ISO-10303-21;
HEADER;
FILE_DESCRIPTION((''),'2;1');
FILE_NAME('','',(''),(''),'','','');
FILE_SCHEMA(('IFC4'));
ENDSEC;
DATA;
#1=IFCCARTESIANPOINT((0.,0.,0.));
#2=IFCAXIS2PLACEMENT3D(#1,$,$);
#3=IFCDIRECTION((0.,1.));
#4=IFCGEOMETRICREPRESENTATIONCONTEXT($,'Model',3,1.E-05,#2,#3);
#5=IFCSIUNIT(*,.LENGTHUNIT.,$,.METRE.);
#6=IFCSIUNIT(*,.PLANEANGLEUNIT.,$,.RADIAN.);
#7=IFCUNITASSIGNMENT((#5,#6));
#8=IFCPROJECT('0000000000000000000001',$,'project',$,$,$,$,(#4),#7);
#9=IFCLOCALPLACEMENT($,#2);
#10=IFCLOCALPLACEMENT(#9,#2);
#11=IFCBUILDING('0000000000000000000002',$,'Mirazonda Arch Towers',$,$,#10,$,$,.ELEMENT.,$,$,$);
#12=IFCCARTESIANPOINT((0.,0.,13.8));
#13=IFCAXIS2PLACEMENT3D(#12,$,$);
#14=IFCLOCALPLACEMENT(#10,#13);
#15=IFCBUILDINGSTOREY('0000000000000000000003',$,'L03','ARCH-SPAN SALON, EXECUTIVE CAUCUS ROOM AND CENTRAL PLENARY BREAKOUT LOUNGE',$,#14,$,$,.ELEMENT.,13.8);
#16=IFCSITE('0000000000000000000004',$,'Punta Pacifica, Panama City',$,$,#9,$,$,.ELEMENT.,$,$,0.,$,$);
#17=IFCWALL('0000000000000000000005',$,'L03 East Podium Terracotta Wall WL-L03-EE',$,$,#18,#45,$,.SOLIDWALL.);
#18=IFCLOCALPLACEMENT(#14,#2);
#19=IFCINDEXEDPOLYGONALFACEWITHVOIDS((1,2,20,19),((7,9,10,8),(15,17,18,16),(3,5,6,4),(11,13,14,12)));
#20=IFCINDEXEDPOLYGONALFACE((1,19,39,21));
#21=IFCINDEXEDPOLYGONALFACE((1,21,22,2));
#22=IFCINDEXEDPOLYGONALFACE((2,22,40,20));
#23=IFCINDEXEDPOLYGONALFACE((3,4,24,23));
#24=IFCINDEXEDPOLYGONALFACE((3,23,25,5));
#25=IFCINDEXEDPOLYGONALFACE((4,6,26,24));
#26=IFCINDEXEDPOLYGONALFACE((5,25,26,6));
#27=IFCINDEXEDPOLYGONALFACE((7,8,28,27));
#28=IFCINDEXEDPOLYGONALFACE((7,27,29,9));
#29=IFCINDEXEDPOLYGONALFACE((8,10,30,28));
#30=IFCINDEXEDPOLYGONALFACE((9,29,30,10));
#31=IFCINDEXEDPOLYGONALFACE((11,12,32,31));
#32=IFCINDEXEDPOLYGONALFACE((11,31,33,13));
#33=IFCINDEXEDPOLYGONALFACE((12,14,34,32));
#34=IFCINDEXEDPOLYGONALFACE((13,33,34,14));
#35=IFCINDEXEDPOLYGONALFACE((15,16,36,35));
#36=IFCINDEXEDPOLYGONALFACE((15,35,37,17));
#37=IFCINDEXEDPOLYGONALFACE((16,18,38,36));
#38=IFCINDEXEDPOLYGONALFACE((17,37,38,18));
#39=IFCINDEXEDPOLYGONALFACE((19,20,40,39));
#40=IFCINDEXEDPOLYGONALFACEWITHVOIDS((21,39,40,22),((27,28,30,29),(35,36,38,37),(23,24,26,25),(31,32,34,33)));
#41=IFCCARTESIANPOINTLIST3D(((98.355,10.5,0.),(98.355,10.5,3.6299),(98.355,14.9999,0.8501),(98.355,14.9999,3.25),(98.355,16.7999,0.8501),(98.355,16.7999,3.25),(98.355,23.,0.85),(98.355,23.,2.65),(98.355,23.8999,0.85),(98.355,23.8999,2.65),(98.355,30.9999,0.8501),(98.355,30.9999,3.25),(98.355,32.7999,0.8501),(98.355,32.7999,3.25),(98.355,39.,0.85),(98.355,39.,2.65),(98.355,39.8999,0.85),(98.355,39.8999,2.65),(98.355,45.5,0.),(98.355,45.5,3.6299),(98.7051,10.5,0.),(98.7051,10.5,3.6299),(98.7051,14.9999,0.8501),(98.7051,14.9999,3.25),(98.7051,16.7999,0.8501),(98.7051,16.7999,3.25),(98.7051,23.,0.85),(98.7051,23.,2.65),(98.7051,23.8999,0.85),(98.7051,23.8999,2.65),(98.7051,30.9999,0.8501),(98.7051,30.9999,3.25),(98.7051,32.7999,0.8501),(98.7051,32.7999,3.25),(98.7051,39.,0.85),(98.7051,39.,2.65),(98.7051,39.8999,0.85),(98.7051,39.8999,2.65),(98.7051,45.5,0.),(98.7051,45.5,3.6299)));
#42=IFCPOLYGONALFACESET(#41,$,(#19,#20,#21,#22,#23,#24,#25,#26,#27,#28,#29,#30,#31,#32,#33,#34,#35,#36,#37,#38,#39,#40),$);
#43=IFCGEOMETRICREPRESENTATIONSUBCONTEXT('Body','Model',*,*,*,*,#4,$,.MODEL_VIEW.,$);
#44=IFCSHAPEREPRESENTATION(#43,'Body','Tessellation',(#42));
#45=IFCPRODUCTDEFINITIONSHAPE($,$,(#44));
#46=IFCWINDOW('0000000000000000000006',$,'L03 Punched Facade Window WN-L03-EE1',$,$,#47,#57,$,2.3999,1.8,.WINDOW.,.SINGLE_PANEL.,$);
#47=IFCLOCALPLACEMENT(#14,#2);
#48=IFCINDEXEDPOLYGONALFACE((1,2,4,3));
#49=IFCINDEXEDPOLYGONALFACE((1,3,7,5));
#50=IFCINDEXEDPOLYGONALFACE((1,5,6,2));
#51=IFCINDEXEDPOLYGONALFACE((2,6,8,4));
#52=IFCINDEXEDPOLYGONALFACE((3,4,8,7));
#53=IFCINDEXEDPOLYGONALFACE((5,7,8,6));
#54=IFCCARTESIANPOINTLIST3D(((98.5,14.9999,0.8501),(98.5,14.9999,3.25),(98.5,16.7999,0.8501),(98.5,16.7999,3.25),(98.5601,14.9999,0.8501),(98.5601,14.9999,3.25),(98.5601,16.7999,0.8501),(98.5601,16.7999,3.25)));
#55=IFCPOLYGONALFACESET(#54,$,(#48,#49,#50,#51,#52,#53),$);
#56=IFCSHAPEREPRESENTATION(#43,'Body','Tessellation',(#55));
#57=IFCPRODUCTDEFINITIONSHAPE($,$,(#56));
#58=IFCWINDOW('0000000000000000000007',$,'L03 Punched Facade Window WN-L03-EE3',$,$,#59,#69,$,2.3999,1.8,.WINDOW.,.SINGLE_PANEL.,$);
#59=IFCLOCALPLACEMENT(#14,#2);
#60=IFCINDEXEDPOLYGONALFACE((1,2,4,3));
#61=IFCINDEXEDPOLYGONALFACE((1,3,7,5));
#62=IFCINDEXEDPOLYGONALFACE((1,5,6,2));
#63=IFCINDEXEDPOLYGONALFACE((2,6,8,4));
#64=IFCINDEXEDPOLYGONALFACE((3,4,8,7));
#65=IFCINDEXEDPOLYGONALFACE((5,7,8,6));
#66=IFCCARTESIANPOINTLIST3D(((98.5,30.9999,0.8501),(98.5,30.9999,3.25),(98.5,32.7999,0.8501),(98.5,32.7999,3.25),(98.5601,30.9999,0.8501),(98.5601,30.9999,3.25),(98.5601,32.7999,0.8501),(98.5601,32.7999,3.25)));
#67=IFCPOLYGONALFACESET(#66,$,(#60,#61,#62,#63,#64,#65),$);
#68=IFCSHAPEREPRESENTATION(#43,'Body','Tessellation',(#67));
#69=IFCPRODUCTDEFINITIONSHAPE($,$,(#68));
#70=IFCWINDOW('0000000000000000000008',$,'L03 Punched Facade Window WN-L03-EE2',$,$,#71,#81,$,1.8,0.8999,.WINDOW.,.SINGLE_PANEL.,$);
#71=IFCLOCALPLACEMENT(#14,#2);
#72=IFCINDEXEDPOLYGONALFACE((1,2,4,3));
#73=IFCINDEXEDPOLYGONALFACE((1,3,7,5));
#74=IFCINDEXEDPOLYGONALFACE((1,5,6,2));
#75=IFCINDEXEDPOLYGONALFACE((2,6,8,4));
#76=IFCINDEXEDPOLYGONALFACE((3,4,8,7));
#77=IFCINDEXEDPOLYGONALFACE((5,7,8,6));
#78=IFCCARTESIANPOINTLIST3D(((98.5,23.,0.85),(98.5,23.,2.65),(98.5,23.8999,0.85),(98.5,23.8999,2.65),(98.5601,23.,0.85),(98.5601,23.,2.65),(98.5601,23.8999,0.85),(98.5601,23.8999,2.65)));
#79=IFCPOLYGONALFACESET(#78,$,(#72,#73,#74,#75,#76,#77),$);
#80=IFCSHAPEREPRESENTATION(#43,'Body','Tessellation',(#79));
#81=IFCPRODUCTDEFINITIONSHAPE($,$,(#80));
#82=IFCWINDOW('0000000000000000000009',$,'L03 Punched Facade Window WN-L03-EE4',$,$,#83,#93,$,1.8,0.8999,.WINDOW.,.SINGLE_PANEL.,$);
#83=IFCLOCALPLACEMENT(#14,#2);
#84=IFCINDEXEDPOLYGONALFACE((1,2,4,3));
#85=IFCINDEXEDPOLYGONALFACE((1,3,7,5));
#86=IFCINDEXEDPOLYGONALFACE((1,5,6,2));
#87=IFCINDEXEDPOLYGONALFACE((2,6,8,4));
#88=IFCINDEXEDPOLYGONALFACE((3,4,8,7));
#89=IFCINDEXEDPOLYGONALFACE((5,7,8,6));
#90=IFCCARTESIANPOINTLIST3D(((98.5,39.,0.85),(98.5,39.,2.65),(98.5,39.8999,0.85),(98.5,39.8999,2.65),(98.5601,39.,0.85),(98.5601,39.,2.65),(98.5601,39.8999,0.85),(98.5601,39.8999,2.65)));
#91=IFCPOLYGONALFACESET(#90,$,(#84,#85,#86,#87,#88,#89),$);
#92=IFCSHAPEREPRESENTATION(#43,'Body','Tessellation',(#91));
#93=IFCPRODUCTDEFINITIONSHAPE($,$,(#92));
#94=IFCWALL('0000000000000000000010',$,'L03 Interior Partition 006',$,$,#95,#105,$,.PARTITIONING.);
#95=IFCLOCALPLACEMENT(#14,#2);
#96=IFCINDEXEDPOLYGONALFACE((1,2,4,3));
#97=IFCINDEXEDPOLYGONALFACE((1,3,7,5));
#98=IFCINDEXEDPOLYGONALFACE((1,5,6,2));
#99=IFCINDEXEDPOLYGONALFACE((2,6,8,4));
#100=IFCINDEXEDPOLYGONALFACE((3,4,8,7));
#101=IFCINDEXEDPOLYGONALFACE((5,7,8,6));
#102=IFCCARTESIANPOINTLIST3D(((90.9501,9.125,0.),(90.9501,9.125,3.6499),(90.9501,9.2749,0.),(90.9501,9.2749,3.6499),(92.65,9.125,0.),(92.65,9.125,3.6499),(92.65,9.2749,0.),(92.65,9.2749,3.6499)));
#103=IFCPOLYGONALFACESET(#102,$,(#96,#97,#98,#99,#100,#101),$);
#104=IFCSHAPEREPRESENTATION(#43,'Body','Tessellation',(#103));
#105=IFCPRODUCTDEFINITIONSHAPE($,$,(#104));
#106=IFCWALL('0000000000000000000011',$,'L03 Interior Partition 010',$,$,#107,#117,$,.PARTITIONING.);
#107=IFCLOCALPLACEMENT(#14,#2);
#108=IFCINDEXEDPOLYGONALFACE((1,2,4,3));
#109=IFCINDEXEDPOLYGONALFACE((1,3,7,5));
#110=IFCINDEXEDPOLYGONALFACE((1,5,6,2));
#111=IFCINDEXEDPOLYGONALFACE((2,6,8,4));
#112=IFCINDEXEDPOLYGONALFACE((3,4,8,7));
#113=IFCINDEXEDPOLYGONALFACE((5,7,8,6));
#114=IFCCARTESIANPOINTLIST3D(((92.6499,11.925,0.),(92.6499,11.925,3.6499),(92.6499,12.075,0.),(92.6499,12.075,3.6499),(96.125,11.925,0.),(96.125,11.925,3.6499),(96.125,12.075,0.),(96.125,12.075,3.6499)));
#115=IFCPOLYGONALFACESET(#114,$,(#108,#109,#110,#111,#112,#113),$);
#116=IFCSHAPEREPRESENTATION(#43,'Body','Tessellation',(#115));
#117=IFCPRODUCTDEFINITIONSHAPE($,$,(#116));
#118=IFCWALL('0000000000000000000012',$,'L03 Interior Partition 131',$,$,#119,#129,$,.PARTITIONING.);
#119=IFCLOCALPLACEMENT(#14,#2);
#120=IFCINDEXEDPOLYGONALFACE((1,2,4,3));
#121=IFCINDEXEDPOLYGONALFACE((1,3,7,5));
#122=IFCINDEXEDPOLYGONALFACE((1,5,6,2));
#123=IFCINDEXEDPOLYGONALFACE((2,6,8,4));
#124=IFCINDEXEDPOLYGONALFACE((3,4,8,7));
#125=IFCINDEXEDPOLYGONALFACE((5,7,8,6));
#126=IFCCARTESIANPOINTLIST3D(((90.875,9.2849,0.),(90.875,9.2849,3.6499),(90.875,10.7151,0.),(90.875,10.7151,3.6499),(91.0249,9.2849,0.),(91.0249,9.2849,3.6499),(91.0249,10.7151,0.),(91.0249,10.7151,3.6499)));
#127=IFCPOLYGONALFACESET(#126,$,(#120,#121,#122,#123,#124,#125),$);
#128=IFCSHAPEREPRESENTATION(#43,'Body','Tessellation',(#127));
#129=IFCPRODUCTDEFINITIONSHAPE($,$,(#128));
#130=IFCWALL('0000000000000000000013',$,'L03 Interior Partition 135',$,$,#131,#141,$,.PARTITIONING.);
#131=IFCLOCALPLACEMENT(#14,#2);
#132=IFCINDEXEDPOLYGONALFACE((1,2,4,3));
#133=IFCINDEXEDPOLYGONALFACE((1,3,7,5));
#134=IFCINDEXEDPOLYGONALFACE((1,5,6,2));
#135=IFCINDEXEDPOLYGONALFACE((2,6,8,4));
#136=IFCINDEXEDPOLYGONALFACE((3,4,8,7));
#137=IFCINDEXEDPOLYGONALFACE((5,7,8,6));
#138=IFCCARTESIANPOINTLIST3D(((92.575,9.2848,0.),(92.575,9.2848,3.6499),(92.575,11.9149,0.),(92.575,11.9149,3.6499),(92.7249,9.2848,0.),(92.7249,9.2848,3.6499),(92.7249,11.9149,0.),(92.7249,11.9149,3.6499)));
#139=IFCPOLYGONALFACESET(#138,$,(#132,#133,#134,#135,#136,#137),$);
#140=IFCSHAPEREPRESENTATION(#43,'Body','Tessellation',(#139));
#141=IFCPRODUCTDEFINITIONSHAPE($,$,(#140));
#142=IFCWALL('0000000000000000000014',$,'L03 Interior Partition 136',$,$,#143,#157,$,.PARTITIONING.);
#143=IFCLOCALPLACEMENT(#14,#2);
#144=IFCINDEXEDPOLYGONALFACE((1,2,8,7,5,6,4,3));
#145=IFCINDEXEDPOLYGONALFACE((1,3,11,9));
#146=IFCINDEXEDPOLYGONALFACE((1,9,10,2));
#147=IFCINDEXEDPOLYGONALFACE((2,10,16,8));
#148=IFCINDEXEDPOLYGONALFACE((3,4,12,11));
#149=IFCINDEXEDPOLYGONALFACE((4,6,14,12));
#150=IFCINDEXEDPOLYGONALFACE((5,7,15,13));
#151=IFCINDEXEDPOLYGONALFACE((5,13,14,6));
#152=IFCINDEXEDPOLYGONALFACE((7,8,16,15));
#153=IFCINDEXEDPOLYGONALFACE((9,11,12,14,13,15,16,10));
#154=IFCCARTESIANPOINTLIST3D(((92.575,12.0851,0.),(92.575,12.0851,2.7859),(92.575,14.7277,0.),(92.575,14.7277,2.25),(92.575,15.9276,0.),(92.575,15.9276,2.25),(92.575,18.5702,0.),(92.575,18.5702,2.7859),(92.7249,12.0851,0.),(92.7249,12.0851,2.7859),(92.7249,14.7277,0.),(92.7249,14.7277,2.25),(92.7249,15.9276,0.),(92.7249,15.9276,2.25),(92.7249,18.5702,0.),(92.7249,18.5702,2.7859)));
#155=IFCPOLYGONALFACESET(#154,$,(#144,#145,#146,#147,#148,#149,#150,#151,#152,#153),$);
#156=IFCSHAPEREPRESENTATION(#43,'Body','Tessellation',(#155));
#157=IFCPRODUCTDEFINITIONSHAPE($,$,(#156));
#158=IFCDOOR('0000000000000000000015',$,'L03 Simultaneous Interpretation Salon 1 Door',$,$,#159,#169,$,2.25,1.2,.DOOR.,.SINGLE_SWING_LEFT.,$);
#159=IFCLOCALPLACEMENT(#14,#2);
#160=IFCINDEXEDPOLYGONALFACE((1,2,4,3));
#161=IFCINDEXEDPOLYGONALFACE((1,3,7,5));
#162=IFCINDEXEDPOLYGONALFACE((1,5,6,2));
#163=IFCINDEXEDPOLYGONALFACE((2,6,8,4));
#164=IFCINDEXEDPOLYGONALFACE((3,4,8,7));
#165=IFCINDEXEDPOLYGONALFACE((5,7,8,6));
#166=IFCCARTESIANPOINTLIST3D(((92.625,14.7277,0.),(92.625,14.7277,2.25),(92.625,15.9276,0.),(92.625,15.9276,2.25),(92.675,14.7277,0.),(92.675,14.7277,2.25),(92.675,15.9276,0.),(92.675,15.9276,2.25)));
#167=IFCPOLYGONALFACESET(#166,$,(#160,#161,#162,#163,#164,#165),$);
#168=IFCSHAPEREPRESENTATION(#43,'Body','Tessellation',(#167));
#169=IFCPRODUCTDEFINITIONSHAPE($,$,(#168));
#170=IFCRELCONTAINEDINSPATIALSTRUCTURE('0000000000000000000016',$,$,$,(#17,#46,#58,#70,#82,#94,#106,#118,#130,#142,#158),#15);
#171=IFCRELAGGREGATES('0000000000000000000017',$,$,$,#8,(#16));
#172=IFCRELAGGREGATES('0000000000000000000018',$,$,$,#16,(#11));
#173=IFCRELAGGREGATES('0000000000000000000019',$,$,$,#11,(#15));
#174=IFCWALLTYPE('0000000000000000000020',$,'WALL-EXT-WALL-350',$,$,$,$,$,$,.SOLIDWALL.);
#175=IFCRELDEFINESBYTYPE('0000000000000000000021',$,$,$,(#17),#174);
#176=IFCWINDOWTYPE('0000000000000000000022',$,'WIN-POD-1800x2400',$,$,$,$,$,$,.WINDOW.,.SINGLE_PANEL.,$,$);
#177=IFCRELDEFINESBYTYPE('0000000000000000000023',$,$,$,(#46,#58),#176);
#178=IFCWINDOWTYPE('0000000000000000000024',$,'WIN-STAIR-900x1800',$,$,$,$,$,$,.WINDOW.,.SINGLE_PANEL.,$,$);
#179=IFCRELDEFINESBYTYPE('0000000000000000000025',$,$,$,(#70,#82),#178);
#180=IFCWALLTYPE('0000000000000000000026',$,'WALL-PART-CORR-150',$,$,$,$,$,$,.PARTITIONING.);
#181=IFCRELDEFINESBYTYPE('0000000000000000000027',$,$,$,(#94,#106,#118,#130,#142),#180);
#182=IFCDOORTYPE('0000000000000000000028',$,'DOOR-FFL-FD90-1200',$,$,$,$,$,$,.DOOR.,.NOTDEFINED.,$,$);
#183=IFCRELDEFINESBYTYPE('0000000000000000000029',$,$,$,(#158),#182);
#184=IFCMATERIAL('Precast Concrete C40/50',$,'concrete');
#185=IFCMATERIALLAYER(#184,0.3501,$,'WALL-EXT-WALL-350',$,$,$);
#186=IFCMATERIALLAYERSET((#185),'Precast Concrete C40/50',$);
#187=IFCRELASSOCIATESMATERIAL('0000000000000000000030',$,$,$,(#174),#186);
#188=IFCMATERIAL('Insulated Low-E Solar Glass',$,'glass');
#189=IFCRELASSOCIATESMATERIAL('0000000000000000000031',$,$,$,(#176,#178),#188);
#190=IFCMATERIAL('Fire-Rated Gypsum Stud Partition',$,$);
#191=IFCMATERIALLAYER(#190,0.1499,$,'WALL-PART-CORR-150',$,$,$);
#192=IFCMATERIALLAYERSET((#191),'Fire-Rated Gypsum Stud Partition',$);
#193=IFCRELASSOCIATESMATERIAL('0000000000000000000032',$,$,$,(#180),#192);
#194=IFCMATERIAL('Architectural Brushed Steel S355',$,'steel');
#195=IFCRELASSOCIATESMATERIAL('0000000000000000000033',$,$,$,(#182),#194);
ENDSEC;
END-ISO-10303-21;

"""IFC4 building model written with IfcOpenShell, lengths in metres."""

from ifc_helpers import new_model, si_unit, direction, frame, frame_2d, origin, place, context, subcontext, project, spatial, rectangle, extrude, material, layer, layer_set, type_object, element, fill, save


model = new_model("IFC4")

# Units and contexts
model_context = context("Model", 3, precision=1e-05, world=origin(), true_north=direction((0.0, 1.0)))
body_context = subcontext(model_context, "Body", "Model", "MODEL_VIEW")
ifc_project = project(units=[si_unit("LENGTHUNIT", "METRE"), si_unit("PLANEANGLEUNIT", "RADIAN")], contexts=[model_context])

# Site, building, storey
site_placement = place(None, origin())
site = spatial("IfcSite", under=ifc_project, at=site_placement, Name="Punta Pacifica, Panama City", CompositionType="ELEMENT", RefElevation=0.0)
building_placement = place(site_placement, origin())
building = spatial("IfcBuilding", under=site, at=building_placement, Name="Mirazonda Arch Towers", CompositionType="ELEMENT")
storey_placement = place(building_placement, frame((0.0, 0.0, 13.8)))
storey = spatial("IfcBuildingStorey", under=building, at=storey_placement, Name="L03", Description="ARCH-SPAN SALON, EXECUTIVE CAUCUS ROOM AND CENTRAL PLENARY BREAKOUT LOUNGE", CompositionType="ELEMENT", Elevation=13.8)

# Shared definitions
ifc_material_1 = material(Name="Insulated Low-E Solar Glass", Category="glass")

# Wall, openings, windows
ifc_material_2 = material(Name="Precast Concrete C40/50", Category="concrete")
ifc_layer_1 = layer(ifc_material_2, 0.3501, Name="WALL-EXT-WALL-350")
ifc_layer_set_1 = layer_set([ifc_layer_1], Name="Precast Concrete C40/50")
wall_type_1 = type_object("IfcWallType", Name="WALL-EXT-WALL-350", PredefinedType="SOLIDWALL", material=ifc_layer_set_1)
wall_1_placement = place(storey_placement, frame((98.53, 10.5, 0.0), z_axis=(0.0, 0.0, 1.0), x_axis=(0.0, 1.0, 0.0)))
wall_1 = element("IfcWall", 1, at=wall_1_placement, inside=storey, type_object=wall_type_1, Name="L03 East Podium Terracotta Wall WL-L03-EE", PredefinedType="SOLIDWALL", context=body_context, shape_type="SweptSolid", body=[
    extrude(rectangle(XDim=35.0, YDim=0.3501, at=frame_2d((17.5, 0.0))), origin(), (0.0, 0.0, 1.0), 3.6299),
])
opening_1_placement = place(wall_1_placement, frame((4.5, 0.0, 0.8501)))
opening_1 = element("IfcOpeningElement", 2, at=opening_1_placement, cuts=wall_1, PredefinedType="OPENING", context=body_context, shape_type="SweptSolid", body=[
    extrude(rectangle(XDim=1.8, YDim=2.3999, at=frame_2d((0.8999, 1.2))), frame((0.0, 0.1851, 0.0), z_axis=(0.0, -1.0, 0.0), x_axis=(1.0, 0.0, 0.0)), (0.0, 0.0, 1.0), 0.3701),
])
opening_2_placement = place(wall_1_placement, frame((12.5, 0.0, 0.8501)))
opening_2 = element("IfcOpeningElement", 3, at=opening_2_placement, cuts=wall_1, PredefinedType="OPENING", context=body_context, shape_type="SweptSolid", body=[
    extrude(rectangle(XDim=0.8999, YDim=1.8, at=frame_2d((0.45, 0.8999))), frame((0.0, 0.1851, 0.0), z_axis=(0.0, -1.0, 0.0), x_axis=(1.0, 0.0, 0.0)), (0.0, 0.0, 1.0), 0.3701),
])
opening_3_placement = place(wall_1_placement, frame((20.5, 0.0, 0.8501)))
opening_3 = element("IfcOpeningElement", 4, at=opening_3_placement, cuts=wall_1, PredefinedType="OPENING", context=body_context, shape_type="SweptSolid", body=[
    extrude(rectangle(XDim=1.8, YDim=2.3999, at=frame_2d((0.8999, 1.2))), frame((0.0, 0.1851, 0.0), z_axis=(0.0, -1.0, 0.0), x_axis=(1.0, 0.0, 0.0)), (0.0, 0.0, 1.0), 0.3701),
])
opening_4_placement = place(wall_1_placement, frame((28.5, 0.0, 0.8501)))
opening_4 = element("IfcOpeningElement", 5, at=opening_4_placement, cuts=wall_1, PredefinedType="OPENING", context=body_context, shape_type="SweptSolid", body=[
    extrude(rectangle(XDim=0.8999, YDim=1.8, at=frame_2d((0.45, 0.8999))), frame((0.0, 0.1851, 0.0), z_axis=(0.0, -1.0, 0.0), x_axis=(1.0, 0.0, 0.0)), (0.0, 0.0, 1.0), 0.3701),
])
window_type_1 = type_object("IfcWindowType", Name="WIN-POD-1800x2400", PartitioningType="SINGLE_PANEL", PredefinedType="WINDOW", material=ifc_material_1)
window_1_placement = place(opening_1_placement, origin())
window_1 = element("IfcWindow", 6, at=window_1_placement, inside=storey, type_object=window_type_1, Name="L03 Punched Facade Window WN-L03-EE1", OverallHeight=2.3999, OverallWidth=1.8, PartitioningType="SINGLE_PANEL", PredefinedType="WINDOW", context=body_context, shape_type="SweptSolid", body=[
    extrude(rectangle(XDim=1.8, YDim=2.3999, at=frame_2d((0.8999, 1.2))), frame((0.0, 0.03, 0.0), z_axis=(0.0, -1.0, 0.0), x_axis=(1.0, 0.0, 0.0)), (0.0, 0.0, 1.0), 0.0601),
])
fill(opening_1, window_1)
window_2_placement = place(opening_3_placement, origin())
window_2 = element("IfcWindow", 7, at=window_2_placement, inside=storey, type_object=window_type_1, Name="L03 Punched Facade Window WN-L03-EE3", OverallHeight=2.3999, OverallWidth=1.8, PartitioningType="SINGLE_PANEL", PredefinedType="WINDOW", context=body_context, shape_type="SweptSolid", body=[
    extrude(rectangle(XDim=1.8, YDim=2.3999, at=frame_2d((0.8999, 1.2))), frame((0.0, 0.03, 0.0), z_axis=(0.0, -1.0, 0.0), x_axis=(1.0, 0.0, 0.0)), (0.0, 0.0, 1.0), 0.0601),
])
fill(opening_3, window_2)
window_type_2 = type_object("IfcWindowType", Name="WIN-STAIR-900x1800", PartitioningType="SINGLE_PANEL", PredefinedType="WINDOW", material=ifc_material_1)
window_3_placement = place(opening_2_placement, origin())
window_3 = element("IfcWindow", 8, at=window_3_placement, inside=storey, type_object=window_type_2, Name="L03 Punched Facade Window WN-L03-EE2", OverallHeight=1.8, OverallWidth=0.8999, PartitioningType="SINGLE_PANEL", PredefinedType="WINDOW", context=body_context, shape_type="SweptSolid", body=[
    extrude(rectangle(XDim=0.8999, YDim=1.8, at=frame_2d((0.45, 0.8999))), frame((0.0, 0.03, 0.0), z_axis=(0.0, -1.0, 0.0), x_axis=(1.0, 0.0, 0.0)), (0.0, 0.0, 1.0), 0.0601),
])
fill(opening_2, window_3)
window_4_placement = place(opening_4_placement, origin())
window_4 = element("IfcWindow", 9, at=window_4_placement, inside=storey, type_object=window_type_2, Name="L03 Punched Facade Window WN-L03-EE4", OverallHeight=1.8, OverallWidth=0.8999, PartitioningType="SINGLE_PANEL", PredefinedType="WINDOW", context=body_context, shape_type="SweptSolid", body=[
    extrude(rectangle(XDim=0.8999, YDim=1.8, at=frame_2d((0.45, 0.8999))), frame((0.0, 0.03, 0.0), z_axis=(0.0, -1.0, 0.0), x_axis=(1.0, 0.0, 0.0)), (0.0, 0.0, 1.0), 0.0601),
])
fill(opening_4, window_4)

# Walls
ifc_material_3 = material(Name="Fire-Rated Gypsum Stud Partition")
ifc_layer_2 = layer(ifc_material_3, 0.1499, Name="WALL-PART-CORR-150")
ifc_layer_set_2 = layer_set([ifc_layer_2], Name="Fire-Rated Gypsum Stud Partition")
wall_type_2 = type_object("IfcWallType", Name="WALL-PART-CORR-150", PredefinedType="PARTITIONING", material=ifc_layer_set_2)
wall_2_placement = place(storey_placement, frame((90.95, 9.2, 0.0), z_axis=(0.0, 0.0, 1.0), x_axis=(1.0, 0.0, 0.0)))
element("IfcWall", 10, at=wall_2_placement, inside=storey, type_object=wall_type_2, Name="L03 Interior Partition 006", PredefinedType="PARTITIONING", context=body_context, shape_type="SweptSolid", body=[
    extrude(rectangle(XDim=1.7, YDim=0.1499, at=frame_2d((0.8501, 0.0))), origin(), (0.0, 0.0, 1.0), 3.6499),
])
wall_3_placement = place(storey_placement, frame((92.6499, 12.0, 0.0), z_axis=(0.0, 0.0, 1.0), x_axis=(1.0, 0.0, 0.0)))
element("IfcWall", 11, at=wall_3_placement, inside=storey, type_object=wall_type_2, Name="L03 Interior Partition 010", PredefinedType="PARTITIONING", context=body_context, shape_type="SweptSolid", body=[
    extrude(rectangle(XDim=3.4751, YDim=0.1499, at=frame_2d((1.7375, 0.0))), origin(), (0.0, 0.0, 1.0), 3.6499),
])
wall_4_placement = place(storey_placement, frame((90.95, 9.2849, 0.0), z_axis=(0.0, 0.0, 1.0), x_axis=(0.0, 1.0, 0.0)))
element("IfcWall", 12, at=wall_4_placement, inside=storey, type_object=wall_type_2, Name="L03 Interior Partition 131", PredefinedType="PARTITIONING", context=body_context, shape_type="SweptSolid", body=[
    extrude(rectangle(XDim=1.4302, YDim=0.1499, at=frame_2d((0.7151, 0.0))), origin(), (0.0, 0.0, 1.0), 3.6499),
])
wall_5_placement = place(storey_placement, frame((92.6499, 9.2849, 0.0), z_axis=(0.0, 0.0, 1.0), x_axis=(0.0, 1.0, 0.0)))
element("IfcWall", 13, at=wall_5_placement, inside=storey, type_object=wall_type_2, Name="L03 Interior Partition 135", PredefinedType="PARTITIONING", context=body_context, shape_type="SweptSolid", body=[
    extrude(rectangle(XDim=2.6301, YDim=0.1499, at=frame_2d((1.3149, 0.0))), origin(), (0.0, 0.0, 1.0), 3.6499),
])

# Wall, opening, door
wall_6_placement = place(storey_placement, frame((92.6499, 12.085, 0.0), z_axis=(0.0, 0.0, 1.0), x_axis=(0.0, 1.0, 0.0)))
wall_6 = element("IfcWall", 14, at=wall_6_placement, inside=storey, type_object=wall_type_2, Name="L03 Interior Partition 136", PredefinedType="PARTITIONING", context=body_context, shape_type="SweptSolid", body=[
    extrude(rectangle(XDim=6.4851, YDim=0.1499, at=frame_2d((3.2427, 0.0))), origin(), (0.0, 0.0, 1.0), 2.7859),
])
opening_5_placement = place(wall_6_placement, frame((2.6426, 0.0, 0.0)))
opening_5 = element("IfcOpeningElement", 15, at=opening_5_placement, cuts=wall_6, PredefinedType="OPENING", context=body_context, shape_type="SweptSolid", body=[
    extrude(rectangle(XDim=1.2, YDim=2.25, at=frame_2d((0.6001, 1.125))), frame((0.0, 0.085, 0.0), z_axis=(0.0, -1.0, 0.0), x_axis=(1.0, 0.0, 0.0)), (0.0, 0.0, 1.0), 0.1699),
])
ifc_material_4 = material(Name="Architectural Brushed Steel S355", Category="steel")
door_type = type_object("IfcDoorType", Name="DOOR-FFL-FD90-1200", OperationType="NOTDEFINED", PredefinedType="DOOR", material=ifc_material_4)
door_placement = place(opening_5_placement, origin())
door = element("IfcDoor", 16, at=door_placement, inside=storey, type_object=door_type, Name="L03 Simultaneous Interpretation Salon 1 Door", OperationType="SINGLE_SWING_LEFT", OverallHeight=2.25, OverallWidth=1.2, PredefinedType="DOOR", context=body_context, shape_type="SweptSolid", body=[
    extrude(rectangle(XDim=1.2, YDim=2.25, at=frame_2d((0.6001, 1.125))), frame((0.0, 0.0249, 0.0), z_axis=(0.0, -1.0, 0.0), x_axis=(1.0, 0.0, 0.0)), (0.0, 0.0, 1.0), 0.05),
])
fill(opening_5, door)

save(model, "model.ifc")
